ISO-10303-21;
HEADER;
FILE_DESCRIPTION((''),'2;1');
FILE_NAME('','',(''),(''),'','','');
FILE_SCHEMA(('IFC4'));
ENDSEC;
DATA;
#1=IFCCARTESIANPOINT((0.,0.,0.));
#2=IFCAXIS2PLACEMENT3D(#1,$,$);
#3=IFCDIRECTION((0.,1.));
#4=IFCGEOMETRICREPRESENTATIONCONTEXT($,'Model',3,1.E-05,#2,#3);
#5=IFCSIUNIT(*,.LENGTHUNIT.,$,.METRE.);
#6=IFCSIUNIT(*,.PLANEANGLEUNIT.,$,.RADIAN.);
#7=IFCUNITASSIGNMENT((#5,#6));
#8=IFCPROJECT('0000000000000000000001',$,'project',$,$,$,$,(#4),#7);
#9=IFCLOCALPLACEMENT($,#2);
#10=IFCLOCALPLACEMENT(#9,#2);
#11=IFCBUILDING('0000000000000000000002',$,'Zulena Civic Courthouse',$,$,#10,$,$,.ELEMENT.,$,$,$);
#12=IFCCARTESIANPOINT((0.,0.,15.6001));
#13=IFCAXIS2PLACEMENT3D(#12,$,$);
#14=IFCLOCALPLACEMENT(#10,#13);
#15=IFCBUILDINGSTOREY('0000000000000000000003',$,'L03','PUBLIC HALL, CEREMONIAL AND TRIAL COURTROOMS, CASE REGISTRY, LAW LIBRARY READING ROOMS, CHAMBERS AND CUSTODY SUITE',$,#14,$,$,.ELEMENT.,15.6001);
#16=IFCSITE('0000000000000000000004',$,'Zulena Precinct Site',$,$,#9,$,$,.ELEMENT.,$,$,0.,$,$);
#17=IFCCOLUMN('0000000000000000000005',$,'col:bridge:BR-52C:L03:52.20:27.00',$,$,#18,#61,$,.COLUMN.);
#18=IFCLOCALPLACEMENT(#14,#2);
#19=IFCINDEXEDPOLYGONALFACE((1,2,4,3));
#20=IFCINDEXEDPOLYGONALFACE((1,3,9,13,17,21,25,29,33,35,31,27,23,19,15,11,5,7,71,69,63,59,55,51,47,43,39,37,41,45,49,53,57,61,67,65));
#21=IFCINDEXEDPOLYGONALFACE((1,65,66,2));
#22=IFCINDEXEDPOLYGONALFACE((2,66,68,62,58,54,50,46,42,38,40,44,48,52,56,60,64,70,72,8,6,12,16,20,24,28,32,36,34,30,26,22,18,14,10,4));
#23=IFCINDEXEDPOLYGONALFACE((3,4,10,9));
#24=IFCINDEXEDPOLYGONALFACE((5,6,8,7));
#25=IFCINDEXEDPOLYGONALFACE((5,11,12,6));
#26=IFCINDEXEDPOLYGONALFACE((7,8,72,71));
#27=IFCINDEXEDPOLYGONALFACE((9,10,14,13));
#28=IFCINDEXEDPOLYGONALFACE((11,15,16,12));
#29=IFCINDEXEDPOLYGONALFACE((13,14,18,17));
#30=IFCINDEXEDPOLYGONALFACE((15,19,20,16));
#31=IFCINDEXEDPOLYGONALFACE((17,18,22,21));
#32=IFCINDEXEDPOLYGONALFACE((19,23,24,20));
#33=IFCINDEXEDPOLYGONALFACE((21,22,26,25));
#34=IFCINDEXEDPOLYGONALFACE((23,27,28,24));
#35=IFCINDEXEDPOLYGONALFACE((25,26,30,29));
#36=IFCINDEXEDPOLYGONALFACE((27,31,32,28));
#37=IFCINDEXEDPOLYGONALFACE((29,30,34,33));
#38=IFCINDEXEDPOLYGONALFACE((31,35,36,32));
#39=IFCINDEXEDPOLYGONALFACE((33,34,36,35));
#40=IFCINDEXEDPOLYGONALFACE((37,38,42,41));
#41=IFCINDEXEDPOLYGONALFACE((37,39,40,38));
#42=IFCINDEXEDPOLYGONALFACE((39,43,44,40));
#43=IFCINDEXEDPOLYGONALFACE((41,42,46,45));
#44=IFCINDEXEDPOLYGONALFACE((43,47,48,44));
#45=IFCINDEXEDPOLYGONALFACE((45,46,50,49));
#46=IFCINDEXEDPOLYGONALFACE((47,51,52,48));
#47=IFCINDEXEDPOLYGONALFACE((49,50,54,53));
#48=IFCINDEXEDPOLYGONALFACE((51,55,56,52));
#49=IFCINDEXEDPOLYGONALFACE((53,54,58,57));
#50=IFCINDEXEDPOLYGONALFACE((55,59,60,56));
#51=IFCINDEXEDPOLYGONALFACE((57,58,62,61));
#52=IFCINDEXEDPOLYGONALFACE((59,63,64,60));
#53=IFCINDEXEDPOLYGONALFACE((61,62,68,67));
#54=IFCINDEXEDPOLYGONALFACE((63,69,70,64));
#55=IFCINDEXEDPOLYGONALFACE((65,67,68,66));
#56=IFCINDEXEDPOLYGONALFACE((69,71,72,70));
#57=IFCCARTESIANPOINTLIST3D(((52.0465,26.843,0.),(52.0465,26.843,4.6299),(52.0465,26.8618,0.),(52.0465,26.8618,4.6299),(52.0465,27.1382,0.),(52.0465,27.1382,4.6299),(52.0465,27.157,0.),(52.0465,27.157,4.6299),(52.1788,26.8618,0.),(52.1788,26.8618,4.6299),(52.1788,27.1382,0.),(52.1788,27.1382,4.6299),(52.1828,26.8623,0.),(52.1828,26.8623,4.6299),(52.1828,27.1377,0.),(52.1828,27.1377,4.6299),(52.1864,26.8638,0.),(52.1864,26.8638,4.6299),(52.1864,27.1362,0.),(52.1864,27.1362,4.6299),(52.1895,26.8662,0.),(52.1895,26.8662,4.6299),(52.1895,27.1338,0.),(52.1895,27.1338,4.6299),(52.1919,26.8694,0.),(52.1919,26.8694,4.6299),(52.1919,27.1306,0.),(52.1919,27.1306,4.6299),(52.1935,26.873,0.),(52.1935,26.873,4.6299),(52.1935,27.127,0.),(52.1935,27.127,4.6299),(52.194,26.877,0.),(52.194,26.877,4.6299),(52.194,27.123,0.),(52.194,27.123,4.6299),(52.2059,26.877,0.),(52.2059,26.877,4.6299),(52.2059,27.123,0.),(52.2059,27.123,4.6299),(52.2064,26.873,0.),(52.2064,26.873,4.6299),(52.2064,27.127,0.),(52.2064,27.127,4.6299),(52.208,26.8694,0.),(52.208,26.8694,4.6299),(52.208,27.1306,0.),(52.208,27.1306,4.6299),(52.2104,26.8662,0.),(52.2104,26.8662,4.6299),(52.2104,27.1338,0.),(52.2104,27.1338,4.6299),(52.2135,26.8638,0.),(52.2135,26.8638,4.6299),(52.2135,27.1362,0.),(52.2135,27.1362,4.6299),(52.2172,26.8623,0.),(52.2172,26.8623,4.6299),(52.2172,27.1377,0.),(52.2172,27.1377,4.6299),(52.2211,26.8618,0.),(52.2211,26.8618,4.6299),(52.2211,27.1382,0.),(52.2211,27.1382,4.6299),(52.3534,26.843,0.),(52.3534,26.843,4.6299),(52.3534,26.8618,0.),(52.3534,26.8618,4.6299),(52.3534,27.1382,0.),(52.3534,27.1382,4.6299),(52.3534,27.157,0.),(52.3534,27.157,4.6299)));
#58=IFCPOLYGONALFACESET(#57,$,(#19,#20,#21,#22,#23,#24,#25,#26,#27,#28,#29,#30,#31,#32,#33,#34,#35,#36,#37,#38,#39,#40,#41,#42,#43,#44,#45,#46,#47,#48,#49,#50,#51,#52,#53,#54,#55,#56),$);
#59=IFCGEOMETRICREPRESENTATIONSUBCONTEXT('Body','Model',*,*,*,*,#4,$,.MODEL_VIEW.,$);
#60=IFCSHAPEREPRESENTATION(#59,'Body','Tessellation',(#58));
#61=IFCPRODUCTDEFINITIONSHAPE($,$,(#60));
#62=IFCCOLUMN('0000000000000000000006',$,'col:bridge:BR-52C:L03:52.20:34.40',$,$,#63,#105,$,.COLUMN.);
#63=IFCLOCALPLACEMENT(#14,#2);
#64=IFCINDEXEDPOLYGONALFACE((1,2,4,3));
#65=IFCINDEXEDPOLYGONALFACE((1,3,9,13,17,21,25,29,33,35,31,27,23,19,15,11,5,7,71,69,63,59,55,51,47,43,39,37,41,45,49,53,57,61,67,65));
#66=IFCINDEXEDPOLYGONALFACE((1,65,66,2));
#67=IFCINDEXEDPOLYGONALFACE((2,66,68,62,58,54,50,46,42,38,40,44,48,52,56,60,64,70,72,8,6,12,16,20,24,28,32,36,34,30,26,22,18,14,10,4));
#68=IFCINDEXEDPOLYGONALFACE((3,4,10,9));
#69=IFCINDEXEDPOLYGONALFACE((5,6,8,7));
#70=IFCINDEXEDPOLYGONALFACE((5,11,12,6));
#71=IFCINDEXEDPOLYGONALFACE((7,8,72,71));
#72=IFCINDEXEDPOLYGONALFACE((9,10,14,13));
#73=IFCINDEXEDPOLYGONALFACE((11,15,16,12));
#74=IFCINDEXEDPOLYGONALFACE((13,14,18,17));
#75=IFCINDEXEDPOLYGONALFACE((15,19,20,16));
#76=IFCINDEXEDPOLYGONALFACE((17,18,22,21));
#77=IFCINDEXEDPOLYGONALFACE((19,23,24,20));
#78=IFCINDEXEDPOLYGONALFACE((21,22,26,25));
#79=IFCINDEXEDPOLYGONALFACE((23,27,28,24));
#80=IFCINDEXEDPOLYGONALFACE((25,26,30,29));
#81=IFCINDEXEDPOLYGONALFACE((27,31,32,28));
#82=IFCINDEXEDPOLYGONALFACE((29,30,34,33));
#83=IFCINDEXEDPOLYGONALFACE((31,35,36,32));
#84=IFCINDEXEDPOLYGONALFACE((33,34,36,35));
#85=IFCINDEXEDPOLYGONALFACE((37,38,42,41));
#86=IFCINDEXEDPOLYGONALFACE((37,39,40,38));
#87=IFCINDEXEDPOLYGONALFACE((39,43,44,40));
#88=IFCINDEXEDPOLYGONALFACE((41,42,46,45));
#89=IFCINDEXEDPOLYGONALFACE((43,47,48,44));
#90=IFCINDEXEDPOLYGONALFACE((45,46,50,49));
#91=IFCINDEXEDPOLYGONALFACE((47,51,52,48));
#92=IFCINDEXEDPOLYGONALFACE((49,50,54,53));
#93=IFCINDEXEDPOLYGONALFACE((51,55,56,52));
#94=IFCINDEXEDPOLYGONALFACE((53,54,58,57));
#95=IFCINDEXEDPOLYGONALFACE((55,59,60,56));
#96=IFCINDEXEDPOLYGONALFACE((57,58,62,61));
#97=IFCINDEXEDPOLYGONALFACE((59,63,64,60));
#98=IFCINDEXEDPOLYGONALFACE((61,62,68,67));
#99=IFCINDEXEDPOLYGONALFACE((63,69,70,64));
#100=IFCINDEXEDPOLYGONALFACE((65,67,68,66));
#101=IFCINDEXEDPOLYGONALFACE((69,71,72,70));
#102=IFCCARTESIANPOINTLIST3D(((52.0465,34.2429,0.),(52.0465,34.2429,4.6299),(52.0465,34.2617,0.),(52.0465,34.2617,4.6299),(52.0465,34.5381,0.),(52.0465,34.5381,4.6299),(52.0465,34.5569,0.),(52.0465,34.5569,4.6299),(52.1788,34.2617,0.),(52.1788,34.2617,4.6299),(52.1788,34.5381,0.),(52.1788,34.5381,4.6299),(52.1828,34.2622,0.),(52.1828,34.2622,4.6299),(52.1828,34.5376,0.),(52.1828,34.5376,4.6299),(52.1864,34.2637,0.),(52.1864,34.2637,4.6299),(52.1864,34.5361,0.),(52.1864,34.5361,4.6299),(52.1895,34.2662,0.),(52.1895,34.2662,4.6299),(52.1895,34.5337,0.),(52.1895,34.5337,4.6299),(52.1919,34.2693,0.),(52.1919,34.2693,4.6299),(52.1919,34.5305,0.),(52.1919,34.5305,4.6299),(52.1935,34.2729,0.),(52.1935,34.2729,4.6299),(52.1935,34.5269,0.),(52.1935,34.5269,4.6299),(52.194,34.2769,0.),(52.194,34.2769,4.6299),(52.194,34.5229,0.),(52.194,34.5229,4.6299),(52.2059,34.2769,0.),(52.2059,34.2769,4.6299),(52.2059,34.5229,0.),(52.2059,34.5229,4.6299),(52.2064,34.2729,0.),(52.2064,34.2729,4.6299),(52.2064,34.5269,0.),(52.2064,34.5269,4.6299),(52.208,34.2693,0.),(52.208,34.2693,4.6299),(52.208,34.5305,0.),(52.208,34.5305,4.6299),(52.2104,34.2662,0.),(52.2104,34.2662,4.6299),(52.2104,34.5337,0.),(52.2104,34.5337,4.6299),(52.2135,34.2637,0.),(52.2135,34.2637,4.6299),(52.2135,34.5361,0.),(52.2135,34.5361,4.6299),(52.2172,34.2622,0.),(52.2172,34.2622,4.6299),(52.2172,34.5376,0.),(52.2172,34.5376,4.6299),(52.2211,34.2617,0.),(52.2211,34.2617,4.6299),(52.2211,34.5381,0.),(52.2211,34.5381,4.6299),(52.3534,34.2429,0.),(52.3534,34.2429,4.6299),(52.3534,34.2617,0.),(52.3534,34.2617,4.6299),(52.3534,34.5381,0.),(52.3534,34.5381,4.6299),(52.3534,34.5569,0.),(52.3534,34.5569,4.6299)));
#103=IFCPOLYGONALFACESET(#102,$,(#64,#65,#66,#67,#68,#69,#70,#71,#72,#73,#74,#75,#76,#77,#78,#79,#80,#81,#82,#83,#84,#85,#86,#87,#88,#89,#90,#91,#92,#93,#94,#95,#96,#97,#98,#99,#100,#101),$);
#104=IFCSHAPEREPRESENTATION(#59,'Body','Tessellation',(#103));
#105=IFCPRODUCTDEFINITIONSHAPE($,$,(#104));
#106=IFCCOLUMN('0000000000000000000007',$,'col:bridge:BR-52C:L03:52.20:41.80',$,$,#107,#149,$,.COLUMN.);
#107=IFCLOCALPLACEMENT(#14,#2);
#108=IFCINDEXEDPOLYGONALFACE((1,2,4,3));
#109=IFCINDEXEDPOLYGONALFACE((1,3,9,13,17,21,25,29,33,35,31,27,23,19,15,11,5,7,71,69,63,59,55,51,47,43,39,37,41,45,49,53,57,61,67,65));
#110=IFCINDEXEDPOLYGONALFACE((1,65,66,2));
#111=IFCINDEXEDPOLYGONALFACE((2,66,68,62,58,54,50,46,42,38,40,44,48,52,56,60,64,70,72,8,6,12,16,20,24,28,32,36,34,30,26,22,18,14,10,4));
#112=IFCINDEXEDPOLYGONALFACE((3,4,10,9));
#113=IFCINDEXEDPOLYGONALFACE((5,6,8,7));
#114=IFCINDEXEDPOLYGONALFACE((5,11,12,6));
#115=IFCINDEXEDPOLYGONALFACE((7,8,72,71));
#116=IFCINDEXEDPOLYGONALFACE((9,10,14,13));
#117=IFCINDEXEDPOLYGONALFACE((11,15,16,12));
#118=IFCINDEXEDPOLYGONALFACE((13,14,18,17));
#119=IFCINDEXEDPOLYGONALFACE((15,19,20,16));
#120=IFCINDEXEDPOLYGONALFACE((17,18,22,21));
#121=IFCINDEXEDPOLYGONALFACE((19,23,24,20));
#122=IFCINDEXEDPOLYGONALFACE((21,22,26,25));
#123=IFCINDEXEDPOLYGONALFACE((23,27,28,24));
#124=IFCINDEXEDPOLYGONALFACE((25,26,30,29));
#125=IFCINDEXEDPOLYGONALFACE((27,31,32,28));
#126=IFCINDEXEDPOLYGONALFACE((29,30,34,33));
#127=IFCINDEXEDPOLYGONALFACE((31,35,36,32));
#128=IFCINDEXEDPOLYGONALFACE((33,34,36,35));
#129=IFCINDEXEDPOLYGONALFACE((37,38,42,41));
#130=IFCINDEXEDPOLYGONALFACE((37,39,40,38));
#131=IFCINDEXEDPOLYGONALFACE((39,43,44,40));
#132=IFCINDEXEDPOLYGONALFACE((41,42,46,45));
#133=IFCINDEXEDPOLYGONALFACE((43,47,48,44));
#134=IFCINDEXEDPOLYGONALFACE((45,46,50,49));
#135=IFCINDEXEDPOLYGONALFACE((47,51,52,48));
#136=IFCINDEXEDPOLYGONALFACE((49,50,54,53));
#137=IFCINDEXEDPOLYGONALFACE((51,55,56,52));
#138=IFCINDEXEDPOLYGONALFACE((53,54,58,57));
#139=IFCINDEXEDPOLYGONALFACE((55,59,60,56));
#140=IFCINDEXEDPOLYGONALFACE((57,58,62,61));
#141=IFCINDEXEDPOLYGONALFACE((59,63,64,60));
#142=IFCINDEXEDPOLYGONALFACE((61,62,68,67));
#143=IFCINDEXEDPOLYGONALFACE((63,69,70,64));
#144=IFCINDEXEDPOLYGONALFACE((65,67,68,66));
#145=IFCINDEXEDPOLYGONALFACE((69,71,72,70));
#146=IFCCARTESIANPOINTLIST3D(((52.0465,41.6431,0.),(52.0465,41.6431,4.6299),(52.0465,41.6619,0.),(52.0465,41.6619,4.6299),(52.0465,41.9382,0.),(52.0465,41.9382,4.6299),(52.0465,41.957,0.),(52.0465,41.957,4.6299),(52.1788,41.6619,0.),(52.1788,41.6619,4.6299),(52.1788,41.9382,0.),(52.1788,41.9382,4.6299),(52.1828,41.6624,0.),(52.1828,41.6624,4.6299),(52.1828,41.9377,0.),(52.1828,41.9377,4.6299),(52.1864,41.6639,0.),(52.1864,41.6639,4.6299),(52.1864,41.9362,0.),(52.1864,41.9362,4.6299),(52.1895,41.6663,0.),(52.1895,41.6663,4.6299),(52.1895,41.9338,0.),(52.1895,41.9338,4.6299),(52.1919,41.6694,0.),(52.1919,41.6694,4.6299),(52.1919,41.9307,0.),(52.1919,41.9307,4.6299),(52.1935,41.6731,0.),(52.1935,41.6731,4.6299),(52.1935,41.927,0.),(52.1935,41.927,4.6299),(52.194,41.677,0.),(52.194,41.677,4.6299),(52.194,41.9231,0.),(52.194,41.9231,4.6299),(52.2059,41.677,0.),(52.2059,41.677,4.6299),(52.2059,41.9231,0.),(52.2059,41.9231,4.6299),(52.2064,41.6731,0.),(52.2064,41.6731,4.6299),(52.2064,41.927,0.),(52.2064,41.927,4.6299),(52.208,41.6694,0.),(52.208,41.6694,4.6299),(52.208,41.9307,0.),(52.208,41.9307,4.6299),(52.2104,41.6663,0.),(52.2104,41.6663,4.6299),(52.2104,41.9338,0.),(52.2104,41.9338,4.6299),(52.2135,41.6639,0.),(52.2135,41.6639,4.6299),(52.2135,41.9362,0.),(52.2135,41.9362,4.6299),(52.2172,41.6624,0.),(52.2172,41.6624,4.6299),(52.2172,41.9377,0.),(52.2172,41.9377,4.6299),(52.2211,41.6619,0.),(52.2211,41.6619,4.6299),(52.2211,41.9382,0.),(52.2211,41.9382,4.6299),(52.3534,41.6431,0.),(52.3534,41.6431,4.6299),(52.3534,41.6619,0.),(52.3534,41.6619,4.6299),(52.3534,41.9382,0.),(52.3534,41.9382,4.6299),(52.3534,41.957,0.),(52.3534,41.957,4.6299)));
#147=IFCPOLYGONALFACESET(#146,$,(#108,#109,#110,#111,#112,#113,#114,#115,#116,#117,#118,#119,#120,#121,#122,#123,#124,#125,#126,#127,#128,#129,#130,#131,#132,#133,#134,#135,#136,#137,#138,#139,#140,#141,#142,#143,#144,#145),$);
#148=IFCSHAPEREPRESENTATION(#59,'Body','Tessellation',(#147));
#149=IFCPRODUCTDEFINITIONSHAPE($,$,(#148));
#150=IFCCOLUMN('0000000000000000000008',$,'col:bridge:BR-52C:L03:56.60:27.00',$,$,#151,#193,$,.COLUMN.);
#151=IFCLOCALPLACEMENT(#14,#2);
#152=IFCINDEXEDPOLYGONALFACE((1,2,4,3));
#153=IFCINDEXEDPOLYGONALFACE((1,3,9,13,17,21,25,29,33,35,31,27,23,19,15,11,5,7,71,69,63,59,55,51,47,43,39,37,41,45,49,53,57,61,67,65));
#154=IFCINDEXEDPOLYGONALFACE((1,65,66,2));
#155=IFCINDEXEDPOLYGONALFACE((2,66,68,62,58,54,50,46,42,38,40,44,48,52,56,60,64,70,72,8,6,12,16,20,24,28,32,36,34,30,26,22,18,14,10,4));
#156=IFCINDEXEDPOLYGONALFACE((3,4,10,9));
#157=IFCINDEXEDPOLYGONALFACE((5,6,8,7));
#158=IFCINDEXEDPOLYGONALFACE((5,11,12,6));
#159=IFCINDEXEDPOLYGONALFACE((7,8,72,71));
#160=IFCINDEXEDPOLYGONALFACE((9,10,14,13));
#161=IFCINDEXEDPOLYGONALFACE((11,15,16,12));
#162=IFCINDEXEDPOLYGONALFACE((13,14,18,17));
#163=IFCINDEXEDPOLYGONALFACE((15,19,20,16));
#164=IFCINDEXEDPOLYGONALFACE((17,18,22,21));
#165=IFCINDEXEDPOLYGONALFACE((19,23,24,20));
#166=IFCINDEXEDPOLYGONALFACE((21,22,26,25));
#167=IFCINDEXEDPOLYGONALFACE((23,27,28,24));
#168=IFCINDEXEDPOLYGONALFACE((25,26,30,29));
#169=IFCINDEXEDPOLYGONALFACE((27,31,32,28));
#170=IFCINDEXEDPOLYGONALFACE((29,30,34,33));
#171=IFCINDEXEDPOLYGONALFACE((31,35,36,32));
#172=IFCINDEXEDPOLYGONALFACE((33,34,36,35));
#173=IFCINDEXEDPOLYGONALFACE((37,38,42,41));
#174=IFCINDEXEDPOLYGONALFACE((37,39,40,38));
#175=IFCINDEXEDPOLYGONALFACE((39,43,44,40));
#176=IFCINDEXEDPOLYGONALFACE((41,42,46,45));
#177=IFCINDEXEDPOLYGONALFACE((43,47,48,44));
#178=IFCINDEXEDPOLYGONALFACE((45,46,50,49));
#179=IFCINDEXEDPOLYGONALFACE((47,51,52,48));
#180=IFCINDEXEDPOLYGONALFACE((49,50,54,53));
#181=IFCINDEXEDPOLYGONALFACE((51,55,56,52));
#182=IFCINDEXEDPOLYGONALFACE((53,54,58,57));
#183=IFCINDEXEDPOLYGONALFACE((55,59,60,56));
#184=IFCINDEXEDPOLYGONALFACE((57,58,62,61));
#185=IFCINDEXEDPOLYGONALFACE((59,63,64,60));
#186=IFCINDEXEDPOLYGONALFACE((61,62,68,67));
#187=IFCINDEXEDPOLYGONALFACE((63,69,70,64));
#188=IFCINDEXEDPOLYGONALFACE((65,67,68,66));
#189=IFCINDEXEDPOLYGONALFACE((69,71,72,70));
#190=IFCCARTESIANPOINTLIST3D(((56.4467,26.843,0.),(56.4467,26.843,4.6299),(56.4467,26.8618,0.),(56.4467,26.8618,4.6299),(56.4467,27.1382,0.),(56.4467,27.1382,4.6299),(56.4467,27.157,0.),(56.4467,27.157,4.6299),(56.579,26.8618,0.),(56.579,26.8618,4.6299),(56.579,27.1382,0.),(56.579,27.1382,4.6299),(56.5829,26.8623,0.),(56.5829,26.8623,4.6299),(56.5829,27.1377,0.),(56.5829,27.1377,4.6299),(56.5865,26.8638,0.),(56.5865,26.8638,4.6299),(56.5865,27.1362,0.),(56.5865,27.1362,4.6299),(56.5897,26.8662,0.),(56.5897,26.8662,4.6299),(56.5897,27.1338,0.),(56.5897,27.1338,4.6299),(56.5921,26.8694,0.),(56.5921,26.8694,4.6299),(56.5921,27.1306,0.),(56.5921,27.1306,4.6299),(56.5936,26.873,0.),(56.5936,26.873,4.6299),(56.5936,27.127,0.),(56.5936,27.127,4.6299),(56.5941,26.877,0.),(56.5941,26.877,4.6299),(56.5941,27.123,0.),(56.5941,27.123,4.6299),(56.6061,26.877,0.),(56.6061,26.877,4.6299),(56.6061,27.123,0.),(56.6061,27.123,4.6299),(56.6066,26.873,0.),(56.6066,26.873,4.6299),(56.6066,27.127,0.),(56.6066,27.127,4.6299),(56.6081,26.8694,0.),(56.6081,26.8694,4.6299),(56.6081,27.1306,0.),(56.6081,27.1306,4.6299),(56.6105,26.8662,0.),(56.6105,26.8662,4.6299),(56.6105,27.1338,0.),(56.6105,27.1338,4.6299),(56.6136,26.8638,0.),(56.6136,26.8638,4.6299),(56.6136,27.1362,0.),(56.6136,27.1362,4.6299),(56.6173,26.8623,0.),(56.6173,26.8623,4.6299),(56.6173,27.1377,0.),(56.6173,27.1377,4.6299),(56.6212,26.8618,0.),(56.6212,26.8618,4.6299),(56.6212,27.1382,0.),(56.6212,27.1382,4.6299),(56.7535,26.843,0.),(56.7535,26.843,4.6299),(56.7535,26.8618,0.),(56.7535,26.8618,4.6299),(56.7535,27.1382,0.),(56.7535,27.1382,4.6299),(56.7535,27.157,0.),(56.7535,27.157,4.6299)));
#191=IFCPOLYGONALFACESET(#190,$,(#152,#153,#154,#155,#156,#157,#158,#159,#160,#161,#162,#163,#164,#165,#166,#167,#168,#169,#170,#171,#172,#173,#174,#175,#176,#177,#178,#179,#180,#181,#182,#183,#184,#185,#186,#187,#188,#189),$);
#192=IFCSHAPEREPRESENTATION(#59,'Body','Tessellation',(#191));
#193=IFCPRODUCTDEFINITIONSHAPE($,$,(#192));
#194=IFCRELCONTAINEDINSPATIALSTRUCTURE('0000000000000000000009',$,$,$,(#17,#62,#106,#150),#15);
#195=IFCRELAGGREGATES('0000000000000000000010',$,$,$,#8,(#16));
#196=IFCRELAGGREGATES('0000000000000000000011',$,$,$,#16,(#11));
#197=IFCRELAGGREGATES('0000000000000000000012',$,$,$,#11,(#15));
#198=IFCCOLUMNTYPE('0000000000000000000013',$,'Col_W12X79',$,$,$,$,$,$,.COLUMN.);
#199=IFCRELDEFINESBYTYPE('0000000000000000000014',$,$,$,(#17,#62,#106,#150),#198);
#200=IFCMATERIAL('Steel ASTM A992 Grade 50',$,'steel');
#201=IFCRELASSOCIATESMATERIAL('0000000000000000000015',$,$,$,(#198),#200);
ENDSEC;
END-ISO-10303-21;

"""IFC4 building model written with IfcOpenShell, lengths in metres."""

from ifc_helpers import new_model, si_unit, direction, frame, origin, origin_2d, place, context, subcontext, project, spatial, i_section, extrude, material, material_profile, profile_set, type_object, element, save


model = new_model("IFC4")

# Units and contexts
model_context = context("Model", 3, precision=1e-05, world=origin(), true_north=direction((0.0, 1.0)))
body_context = subcontext(model_context, "Body", "Model", "MODEL_VIEW")
ifc_project = project(units=[si_unit("LENGTHUNIT", "METRE"), si_unit("PLANEANGLEUNIT", "RADIAN")], contexts=[model_context])

# Site, building, storey
site_placement = place(None, origin())
site = spatial("IfcSite", under=ifc_project, at=site_placement, Name="Zulena Precinct Site", CompositionType="ELEMENT", RefElevation=0.0)
building_placement = place(site_placement, origin())
building = spatial("IfcBuilding", under=site, at=building_placement, Name="Zulena Civic Courthouse", CompositionType="ELEMENT")
storey_placement = place(building_placement, frame((0.0, 0.0, 15.6001)))
storey = spatial("IfcBuildingStorey", under=building, at=storey_placement, Name="L03", Description="PUBLIC HALL, CEREMONIAL AND TRIAL COURTROOMS, CASE REGISTRY, LAW LIBRARY READING ROOMS, CHAMBERS AND CUSTODY SUITE", CompositionType="ELEMENT", Elevation=15.6001)

# Columns
ifc_material_1 = material(Name="Steel ASTM A992 Grade 50", Category="steel")
ifc_material_profile_1 = material_profile(ifc_material_1, i_section(OverallWidth=0.3069, OverallDepth=0.314, WebThickness=0.012, FlangeThickness=0.0188, FilletRadius=0.0151, at=origin_2d()), Name="W12X79")
ifc_profile_set_1 = profile_set([ifc_material_profile_1], Name="Steel ASTM A992 Grade 50")
column_type_1 = type_object("IfcColumnType", Name="Col_W12X79", PredefinedType="COLUMN", material=ifc_profile_set_1)
for number, where, z_axis, x_axis, name in (
    (1, (52.2, 27.0, 0.0), (0.0, 0.0, 1.0), (1.0, 0.0, 0.0), "col:bridge:BR-52C:L03:52.20:27.00"),
    (2, (52.2, 34.3999, 0.0), (0.0, 0.0, 1.0), (1.0, 0.0, 0.0), "col:bridge:BR-52C:L03:52.20:34.40"),
    (3, (52.2, 41.8, 0.0), (0.0, 0.0, 1.0), (1.0, 0.0, 0.0), "col:bridge:BR-52C:L03:52.20:41.80"),
    (4, (56.6001, 27.0, 0.0), (0.0, 0.0, 1.0), (1.0, 0.0, 0.0), "col:bridge:BR-52C:L03:56.60:27.00"),
):
    element("IfcColumn", number, at=place(storey_placement, frame(where, z_axis=z_axis, x_axis=x_axis)), inside=storey, type_object=column_type_1, Name=name, PredefinedType="COLUMN", context=body_context, shape_type="SweptSolid", body=[
        extrude(i_section(OverallWidth=0.3069, OverallDepth=0.314, WebThickness=0.012, FlangeThickness=0.0188, FilletRadius=0.0151, at=origin_2d()), origin(), (0.0, 0.0, 1.0), 4.6299),
    ])

save(model, "model.ifc")
